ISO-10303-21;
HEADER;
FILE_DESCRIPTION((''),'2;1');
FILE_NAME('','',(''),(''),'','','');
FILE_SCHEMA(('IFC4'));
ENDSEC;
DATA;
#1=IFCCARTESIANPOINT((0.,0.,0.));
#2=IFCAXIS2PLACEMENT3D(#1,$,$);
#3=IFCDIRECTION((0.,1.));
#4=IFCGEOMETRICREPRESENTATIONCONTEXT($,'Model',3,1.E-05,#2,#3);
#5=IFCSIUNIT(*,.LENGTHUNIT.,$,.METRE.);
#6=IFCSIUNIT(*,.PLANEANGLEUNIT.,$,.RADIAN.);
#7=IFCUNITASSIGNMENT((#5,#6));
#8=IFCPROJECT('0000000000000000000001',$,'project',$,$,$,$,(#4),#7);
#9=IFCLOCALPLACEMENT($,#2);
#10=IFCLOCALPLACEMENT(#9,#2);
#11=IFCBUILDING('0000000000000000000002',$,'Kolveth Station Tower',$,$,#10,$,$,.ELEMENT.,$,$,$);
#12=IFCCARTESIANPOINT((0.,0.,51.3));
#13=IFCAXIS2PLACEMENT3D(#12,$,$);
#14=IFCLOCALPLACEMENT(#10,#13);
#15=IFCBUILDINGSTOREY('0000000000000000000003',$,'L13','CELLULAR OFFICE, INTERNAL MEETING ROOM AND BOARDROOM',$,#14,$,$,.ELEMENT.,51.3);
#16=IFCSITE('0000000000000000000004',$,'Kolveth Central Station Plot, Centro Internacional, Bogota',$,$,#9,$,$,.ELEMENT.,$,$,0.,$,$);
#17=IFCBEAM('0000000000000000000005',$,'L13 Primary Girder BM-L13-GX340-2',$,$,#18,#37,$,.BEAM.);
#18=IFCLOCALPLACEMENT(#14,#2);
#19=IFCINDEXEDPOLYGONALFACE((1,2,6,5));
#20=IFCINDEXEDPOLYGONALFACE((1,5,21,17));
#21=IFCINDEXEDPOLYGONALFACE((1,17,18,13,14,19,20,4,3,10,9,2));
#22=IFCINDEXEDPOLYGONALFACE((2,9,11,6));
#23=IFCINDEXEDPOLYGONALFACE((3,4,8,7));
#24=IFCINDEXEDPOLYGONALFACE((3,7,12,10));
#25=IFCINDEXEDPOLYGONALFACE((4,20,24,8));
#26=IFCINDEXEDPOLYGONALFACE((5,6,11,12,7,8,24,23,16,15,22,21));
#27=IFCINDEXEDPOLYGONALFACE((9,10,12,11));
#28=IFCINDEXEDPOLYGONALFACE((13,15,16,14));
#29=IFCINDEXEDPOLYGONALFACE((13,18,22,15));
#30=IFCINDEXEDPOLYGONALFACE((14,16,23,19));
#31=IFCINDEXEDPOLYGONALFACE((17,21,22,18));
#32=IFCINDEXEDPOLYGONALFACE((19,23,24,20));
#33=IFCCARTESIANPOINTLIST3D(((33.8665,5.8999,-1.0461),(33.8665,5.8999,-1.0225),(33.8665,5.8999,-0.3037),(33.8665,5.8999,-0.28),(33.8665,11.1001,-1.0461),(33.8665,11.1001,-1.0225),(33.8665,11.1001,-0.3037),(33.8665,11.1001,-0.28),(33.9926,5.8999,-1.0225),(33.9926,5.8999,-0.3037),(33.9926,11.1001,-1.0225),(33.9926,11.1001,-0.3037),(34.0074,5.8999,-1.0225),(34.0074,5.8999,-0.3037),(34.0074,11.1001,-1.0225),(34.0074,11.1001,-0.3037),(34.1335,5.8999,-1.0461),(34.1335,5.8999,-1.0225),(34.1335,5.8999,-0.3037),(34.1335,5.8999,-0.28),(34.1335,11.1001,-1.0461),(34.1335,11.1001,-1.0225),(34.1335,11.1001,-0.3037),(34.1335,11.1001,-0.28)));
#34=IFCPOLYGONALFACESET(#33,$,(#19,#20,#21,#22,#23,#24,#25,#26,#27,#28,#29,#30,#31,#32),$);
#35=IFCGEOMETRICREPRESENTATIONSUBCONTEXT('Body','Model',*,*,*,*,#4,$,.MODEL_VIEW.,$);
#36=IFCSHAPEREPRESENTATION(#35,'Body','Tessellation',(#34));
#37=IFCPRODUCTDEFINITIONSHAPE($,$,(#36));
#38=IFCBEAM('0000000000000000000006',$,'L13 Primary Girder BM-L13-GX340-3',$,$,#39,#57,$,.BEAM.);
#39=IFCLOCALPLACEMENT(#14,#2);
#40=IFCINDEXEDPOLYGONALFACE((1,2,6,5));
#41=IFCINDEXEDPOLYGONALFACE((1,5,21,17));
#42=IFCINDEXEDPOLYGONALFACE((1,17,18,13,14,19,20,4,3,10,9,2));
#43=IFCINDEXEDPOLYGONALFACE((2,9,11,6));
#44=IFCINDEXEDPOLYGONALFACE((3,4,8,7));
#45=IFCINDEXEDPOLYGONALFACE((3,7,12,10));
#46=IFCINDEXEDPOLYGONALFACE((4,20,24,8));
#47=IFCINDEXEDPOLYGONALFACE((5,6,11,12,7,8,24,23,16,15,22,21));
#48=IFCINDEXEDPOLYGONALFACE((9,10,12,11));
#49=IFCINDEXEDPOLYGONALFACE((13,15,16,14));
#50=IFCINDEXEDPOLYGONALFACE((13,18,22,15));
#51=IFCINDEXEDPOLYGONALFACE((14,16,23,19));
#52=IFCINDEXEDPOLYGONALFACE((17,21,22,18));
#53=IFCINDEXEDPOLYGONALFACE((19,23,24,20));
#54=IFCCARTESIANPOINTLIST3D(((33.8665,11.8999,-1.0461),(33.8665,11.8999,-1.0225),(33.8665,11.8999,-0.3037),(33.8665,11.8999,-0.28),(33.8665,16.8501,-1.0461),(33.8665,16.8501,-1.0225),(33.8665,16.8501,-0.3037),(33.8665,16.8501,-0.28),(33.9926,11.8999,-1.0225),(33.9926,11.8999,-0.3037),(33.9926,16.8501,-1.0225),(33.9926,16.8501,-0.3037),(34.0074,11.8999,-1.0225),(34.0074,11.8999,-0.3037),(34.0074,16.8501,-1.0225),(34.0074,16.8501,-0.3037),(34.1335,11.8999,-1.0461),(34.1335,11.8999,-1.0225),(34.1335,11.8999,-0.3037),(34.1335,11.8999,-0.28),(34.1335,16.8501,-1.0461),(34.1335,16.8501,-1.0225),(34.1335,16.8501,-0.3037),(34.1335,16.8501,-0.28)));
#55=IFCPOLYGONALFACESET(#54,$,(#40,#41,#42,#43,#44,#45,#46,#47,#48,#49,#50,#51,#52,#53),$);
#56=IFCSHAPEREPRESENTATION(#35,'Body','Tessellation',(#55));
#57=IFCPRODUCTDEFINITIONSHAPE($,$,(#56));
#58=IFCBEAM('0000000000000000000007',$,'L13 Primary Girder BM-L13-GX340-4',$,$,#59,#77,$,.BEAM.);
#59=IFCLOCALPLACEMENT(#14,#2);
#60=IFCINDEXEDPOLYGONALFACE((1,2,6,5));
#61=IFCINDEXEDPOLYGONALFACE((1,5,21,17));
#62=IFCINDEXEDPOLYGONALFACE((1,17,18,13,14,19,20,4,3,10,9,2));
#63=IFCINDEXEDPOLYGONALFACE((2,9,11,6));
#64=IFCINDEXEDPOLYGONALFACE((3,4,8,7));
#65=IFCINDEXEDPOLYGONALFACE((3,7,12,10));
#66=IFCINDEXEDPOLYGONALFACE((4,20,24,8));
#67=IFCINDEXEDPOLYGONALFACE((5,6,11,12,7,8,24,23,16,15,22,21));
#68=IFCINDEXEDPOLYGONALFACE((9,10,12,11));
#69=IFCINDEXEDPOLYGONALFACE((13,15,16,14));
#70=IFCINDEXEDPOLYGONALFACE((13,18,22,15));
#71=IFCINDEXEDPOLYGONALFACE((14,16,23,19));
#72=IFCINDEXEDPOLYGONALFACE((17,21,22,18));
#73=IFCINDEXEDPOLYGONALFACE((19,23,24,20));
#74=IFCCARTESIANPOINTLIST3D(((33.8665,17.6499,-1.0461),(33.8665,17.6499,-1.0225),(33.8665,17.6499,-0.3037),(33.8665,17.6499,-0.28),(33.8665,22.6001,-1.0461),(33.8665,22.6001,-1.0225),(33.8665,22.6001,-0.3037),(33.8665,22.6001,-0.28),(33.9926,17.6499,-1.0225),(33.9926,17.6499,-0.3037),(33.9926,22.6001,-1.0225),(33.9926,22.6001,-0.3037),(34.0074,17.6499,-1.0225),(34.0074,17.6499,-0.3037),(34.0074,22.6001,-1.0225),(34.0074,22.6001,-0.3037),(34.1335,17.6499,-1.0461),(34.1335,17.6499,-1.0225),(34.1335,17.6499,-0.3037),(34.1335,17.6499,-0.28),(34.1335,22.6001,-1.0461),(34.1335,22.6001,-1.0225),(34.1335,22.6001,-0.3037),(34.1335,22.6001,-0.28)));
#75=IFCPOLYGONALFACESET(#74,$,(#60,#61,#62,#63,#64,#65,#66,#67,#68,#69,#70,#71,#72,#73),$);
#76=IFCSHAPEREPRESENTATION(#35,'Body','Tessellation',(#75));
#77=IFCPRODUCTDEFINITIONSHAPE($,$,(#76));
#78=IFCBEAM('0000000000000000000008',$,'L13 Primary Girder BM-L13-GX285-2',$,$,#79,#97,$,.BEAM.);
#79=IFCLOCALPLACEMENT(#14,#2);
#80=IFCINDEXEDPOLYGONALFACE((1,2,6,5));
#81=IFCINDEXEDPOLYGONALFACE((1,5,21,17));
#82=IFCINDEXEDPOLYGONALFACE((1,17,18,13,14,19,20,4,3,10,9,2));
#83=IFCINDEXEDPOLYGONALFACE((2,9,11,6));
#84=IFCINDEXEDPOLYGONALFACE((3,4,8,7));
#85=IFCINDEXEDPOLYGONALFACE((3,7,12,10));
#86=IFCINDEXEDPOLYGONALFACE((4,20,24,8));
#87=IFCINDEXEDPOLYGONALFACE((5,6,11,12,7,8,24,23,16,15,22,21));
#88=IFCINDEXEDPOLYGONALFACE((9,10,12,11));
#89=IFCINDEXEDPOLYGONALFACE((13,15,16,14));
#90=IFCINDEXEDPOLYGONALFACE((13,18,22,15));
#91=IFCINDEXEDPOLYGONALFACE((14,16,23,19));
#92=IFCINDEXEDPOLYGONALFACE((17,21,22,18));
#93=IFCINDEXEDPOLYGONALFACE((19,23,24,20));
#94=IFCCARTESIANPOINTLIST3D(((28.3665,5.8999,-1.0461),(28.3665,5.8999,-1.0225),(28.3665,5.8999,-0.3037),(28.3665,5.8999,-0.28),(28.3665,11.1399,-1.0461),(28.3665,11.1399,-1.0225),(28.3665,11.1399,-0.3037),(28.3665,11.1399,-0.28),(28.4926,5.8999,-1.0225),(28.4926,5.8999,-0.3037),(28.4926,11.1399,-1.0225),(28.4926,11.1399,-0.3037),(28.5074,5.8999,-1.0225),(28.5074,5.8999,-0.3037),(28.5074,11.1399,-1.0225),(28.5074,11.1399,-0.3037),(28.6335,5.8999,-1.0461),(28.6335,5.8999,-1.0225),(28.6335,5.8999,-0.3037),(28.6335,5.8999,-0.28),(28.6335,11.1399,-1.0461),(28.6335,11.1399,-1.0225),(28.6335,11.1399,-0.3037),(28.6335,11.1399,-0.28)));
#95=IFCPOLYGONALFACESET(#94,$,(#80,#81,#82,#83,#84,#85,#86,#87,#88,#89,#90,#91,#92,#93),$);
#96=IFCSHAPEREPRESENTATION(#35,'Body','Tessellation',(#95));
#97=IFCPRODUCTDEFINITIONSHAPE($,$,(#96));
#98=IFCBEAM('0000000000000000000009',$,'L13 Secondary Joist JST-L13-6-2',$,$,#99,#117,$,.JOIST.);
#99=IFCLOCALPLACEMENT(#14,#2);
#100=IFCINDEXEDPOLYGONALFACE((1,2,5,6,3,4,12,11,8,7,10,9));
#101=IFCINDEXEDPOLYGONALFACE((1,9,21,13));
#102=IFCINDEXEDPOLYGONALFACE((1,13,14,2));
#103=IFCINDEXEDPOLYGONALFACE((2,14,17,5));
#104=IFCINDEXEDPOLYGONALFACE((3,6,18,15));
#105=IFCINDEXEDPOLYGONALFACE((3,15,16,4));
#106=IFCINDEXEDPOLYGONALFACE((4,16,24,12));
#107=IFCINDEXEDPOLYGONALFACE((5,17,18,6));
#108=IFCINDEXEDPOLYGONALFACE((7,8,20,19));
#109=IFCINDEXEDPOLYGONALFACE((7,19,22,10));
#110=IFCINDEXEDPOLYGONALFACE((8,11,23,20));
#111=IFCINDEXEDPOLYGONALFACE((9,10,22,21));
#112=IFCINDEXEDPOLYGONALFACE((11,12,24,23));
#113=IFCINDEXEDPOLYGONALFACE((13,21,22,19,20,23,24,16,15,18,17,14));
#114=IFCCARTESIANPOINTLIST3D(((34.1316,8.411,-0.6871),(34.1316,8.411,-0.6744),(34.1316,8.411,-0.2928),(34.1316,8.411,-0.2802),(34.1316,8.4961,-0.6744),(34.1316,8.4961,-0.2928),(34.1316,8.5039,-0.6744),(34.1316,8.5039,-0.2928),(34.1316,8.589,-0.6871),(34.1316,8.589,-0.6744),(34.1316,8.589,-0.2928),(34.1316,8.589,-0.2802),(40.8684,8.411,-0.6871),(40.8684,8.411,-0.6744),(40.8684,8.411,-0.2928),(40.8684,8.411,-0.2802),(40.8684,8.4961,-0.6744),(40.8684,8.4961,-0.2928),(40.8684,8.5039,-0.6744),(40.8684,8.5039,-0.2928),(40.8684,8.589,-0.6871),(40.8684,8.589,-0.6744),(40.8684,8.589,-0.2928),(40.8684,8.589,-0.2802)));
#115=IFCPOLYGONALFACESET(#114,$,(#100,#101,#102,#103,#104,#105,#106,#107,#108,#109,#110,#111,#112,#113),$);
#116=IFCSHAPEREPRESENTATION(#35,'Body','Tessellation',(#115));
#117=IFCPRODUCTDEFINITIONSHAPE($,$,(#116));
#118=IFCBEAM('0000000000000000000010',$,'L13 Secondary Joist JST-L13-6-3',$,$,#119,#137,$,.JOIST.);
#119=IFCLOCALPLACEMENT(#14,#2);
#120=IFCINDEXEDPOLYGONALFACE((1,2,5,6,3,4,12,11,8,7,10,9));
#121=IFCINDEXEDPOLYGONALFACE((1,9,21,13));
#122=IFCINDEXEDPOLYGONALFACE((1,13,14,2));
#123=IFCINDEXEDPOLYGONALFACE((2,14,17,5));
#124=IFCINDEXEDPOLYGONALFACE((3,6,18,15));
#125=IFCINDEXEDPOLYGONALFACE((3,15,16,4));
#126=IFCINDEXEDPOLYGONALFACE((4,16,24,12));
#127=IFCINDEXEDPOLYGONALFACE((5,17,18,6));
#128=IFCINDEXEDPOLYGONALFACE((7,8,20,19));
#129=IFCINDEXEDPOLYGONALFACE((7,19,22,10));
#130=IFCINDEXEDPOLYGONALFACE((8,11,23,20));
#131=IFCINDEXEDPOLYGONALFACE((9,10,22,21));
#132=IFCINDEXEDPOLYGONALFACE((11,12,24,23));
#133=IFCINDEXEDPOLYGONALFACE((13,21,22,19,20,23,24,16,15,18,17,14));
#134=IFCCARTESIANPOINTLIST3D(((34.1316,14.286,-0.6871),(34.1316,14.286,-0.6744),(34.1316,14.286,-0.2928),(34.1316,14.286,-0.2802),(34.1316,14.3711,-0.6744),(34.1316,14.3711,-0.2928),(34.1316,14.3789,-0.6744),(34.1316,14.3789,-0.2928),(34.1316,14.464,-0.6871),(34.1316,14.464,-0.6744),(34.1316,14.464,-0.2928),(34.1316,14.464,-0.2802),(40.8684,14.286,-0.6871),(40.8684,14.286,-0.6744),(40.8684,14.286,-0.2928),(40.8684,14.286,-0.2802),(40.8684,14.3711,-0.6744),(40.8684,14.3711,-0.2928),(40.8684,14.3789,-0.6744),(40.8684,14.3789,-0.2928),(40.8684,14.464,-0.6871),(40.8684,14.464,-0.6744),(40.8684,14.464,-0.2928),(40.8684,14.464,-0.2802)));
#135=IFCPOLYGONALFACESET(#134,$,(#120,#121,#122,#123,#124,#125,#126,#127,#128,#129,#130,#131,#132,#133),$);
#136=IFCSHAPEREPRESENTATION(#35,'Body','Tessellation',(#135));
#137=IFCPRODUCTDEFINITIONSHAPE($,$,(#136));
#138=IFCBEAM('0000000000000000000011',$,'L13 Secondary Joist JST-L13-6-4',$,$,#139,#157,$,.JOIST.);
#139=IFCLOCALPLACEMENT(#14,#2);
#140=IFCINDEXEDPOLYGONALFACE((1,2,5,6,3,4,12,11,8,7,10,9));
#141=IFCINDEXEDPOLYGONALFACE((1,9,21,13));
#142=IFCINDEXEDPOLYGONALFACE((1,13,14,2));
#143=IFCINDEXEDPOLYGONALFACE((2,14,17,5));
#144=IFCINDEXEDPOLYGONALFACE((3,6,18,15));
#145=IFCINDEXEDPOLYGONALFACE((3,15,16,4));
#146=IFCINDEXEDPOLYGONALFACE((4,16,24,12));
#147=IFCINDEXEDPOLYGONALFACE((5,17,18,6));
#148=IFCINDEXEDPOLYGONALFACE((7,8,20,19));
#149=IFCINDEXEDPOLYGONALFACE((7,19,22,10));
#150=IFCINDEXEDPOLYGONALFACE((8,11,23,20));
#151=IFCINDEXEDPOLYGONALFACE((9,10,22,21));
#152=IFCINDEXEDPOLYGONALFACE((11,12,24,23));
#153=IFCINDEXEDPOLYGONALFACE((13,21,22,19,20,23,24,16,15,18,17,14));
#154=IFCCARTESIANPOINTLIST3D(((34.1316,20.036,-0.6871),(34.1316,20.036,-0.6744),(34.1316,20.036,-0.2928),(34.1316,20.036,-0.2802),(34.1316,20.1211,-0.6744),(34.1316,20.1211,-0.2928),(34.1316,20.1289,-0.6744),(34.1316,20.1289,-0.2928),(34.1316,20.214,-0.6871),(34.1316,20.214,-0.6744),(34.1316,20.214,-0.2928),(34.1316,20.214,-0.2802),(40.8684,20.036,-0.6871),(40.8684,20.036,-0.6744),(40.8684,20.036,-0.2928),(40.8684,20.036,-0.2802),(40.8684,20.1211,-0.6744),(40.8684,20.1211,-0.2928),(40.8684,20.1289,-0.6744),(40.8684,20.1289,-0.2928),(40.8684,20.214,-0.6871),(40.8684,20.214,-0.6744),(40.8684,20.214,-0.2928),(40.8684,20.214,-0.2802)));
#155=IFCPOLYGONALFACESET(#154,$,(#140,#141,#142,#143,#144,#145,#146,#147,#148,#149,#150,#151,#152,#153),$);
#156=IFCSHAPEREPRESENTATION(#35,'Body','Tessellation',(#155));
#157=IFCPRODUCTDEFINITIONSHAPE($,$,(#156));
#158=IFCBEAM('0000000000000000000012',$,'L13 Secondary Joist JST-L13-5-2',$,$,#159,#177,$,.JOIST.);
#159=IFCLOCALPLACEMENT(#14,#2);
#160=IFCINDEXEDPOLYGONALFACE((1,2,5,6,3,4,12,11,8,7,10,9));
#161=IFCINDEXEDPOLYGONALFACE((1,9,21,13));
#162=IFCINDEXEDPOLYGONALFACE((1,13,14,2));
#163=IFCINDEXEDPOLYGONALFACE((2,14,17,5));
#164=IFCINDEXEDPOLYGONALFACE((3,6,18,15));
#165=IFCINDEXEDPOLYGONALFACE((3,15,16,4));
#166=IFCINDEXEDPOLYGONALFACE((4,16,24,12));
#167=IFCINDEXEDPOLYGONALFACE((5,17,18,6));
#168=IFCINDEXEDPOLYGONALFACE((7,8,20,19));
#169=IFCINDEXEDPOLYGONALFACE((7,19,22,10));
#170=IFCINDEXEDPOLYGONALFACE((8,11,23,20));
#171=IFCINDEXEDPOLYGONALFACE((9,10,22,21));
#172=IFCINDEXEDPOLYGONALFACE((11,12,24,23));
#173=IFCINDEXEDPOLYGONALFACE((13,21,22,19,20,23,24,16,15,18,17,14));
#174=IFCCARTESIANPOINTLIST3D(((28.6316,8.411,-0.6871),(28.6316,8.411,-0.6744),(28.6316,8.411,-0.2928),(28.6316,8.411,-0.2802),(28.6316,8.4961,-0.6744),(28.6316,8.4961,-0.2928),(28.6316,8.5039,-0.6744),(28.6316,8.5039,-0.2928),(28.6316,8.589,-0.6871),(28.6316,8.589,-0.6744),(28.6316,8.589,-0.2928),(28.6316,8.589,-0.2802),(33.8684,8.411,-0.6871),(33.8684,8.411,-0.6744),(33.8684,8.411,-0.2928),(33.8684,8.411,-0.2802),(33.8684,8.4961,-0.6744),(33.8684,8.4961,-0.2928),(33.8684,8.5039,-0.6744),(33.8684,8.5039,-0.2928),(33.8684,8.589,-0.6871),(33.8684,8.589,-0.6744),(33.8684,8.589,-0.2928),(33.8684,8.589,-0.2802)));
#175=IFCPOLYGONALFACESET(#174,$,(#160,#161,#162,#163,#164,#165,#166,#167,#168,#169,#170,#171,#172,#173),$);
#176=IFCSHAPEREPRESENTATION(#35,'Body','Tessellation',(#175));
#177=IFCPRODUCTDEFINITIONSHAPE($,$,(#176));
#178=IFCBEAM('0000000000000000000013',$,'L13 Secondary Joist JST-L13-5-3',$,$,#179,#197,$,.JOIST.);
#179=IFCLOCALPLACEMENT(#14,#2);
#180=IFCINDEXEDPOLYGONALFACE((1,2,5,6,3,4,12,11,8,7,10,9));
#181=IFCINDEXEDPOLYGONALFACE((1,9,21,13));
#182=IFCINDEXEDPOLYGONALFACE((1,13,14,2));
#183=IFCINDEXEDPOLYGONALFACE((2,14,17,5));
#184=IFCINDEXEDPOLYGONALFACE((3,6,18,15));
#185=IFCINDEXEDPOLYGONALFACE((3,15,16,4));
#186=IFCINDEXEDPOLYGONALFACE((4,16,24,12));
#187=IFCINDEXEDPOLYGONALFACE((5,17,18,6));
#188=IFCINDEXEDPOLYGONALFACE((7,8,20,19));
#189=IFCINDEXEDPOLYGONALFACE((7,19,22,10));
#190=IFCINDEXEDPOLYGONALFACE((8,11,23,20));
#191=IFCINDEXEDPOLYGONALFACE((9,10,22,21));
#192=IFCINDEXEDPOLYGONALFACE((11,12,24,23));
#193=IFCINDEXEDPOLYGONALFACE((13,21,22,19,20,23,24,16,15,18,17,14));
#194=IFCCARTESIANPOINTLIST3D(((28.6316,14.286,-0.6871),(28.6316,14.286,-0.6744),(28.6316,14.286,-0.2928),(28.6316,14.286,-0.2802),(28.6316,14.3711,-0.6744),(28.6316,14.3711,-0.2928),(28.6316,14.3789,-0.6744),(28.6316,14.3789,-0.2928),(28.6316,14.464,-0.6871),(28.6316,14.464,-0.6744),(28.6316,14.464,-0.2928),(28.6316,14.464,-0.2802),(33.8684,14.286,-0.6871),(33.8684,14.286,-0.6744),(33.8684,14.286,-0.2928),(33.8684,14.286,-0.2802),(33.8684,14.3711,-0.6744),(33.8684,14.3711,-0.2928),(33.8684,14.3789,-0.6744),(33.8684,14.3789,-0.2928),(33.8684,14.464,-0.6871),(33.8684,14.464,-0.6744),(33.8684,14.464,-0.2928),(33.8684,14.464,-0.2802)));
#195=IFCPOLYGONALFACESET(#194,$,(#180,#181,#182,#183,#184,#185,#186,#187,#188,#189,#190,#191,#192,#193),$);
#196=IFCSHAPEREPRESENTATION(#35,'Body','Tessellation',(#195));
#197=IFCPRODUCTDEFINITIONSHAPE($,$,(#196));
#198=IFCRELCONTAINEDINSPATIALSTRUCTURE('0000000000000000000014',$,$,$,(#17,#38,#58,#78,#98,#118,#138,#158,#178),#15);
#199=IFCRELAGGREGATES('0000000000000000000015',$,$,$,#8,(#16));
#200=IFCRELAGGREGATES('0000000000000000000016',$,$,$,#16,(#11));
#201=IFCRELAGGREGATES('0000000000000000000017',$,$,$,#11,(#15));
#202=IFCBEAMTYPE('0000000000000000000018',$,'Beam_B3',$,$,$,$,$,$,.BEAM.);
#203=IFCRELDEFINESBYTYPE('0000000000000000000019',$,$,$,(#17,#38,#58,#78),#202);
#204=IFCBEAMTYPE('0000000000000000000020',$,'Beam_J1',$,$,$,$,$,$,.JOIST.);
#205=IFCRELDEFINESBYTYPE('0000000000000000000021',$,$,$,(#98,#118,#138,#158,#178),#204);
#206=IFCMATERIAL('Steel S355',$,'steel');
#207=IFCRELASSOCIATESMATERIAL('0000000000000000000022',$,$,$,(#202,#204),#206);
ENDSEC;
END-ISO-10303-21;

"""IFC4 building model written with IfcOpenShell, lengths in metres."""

from ifc_helpers import new_model, si_unit, direction, frame, origin, origin_2d, place, context, subcontext, project, spatial, i_section, extrude, source, transform, mapped, material, material_profile, profile_set, type_object, element, save


model = new_model("IFC4")

# Units and contexts
model_context = context("Model", 3, precision=1e-05, world=origin(), true_north=direction((0.0, 1.0)))
body_context = subcontext(model_context, "Body", "Model", "MODEL_VIEW")
ifc_project = project(units=[si_unit("LENGTHUNIT", "METRE"), si_unit("PLANEANGLEUNIT", "RADIAN")], contexts=[model_context])

# Site, building, storey
site_placement = place(None, origin())
site = spatial("IfcSite", under=ifc_project, at=site_placement, Name="Kolveth Central Station Plot, Centro Internacional, Bogota", CompositionType="ELEMENT", RefElevation=0.0)
building_placement = place(site_placement, origin())
building = spatial("IfcBuilding", under=site, at=building_placement, Name="Kolveth Station Tower", CompositionType="ELEMENT")
storey_placement = place(building_placement, frame((0.0, 0.0, 51.3)))
storey = spatial("IfcBuildingStorey", under=building, at=storey_placement, Name="L13", Description="CELLULAR OFFICE, INTERNAL MEETING ROOM AND BOARDROOM", CompositionType="ELEMENT", Elevation=51.3)

# Beams
ifc_material_1 = material(Name="Steel S355", Category="steel")
ifc_material_profile_1 = material_profile(ifc_material_1, i_section(OverallWidth=0.2671, OverallDepth=0.7661, WebThickness=0.0149, FlangeThickness=0.0237, at=origin_2d()), Name="W760x185")
ifc_profile_set_1 = profile_set([ifc_material_profile_1], Name="Steel S355")
beam_type_1 = type_object("IfcBeamType", Name="Beam_B3", PredefinedType="BEAM", material=ifc_profile_set_1)
shared_shape_1 = source(origin(), body_context, "Body", "SweptSolid", [
    extrude(i_section(OverallWidth=0.2671, OverallDepth=0.7661, WebThickness=0.0149, FlangeThickness=0.0237, at=origin_2d()), origin(), (0.0, 0.0, 1.0), 5.2002),
])
beam_1_placement = place(storey_placement, frame((34.0, 5.8999, -0.6631), z_axis=(0.0, 1.0, 0.0), x_axis=(-1.0, 0.0, 0.0)))
element("IfcBeam", 1, at=beam_1_placement, inside=storey, type_object=beam_type_1, Name="L13 Primary Girder BM-L13-GX340-2", PredefinedType="BEAM", context=body_context, shape_type="MappedRepresentation", body=[
    mapped(shared_shape_1, transform((0.0, 0.0, 0.0), x_axis=(1.0, 0.0, 0.0), y_axis=(0.0, 1.0, 0.0), z_axis=(0.0, 0.0, 1.0), scale=1.0)),
])
shared_shape_2 = source(origin(), body_context, "Body", "SweptSolid", [
    extrude(i_section(OverallWidth=0.2671, OverallDepth=0.7661, WebThickness=0.0149, FlangeThickness=0.0237, at=origin_2d()), origin(), (0.0, 0.0, 1.0), 4.9502),
])
for number, where, z_axis, x_axis, name in (
    (2, (34.0, 11.8999, -0.6631), (0.0, 1.0, 0.0), (-1.0, 0.0, 0.0), "L13 Primary Girder BM-L13-GX340-3"),
    (3, (34.0, 17.6499, -0.6631), (0.0, 1.0, 0.0), (-1.0, 0.0, 0.0), "L13 Primary Girder BM-L13-GX340-4"),
):
    element("IfcBeam", number, at=place(storey_placement, frame(where, z_axis=z_axis, x_axis=x_axis)), inside=storey, type_object=beam_type_1, Name=name, PredefinedType="BEAM", context=body_context, shape_type="MappedRepresentation", body=[
        mapped(shared_shape_2, transform((0.0, 0.0, 0.0), x_axis=(1.0, 0.0, 0.0), y_axis=(0.0, 1.0, 0.0), z_axis=(0.0, 0.0, 1.0), scale=1.0)),
    ])
shared_shape_3 = source(origin(), body_context, "Body", "SweptSolid", [
    extrude(i_section(OverallWidth=0.2671, OverallDepth=0.7661, WebThickness=0.0149, FlangeThickness=0.0237, at=origin_2d()), origin(), (0.0, 0.0, 1.0), 5.24),
])
beam_2_placement = place(storey_placement, frame((28.5, 5.8999, -0.6631), z_axis=(0.0, 1.0, 0.0), x_axis=(-1.0, 0.0, 0.0)))
element("IfcBeam", 4, at=beam_2_placement, inside=storey, type_object=beam_type_1, Name="L13 Primary Girder BM-L13-GX285-2", PredefinedType="BEAM", context=body_context, shape_type="MappedRepresentation", body=[
    mapped(shared_shape_3, transform((0.0, 0.0, 0.0), x_axis=(1.0, 0.0, 0.0), y_axis=(0.0, 1.0, 0.0), z_axis=(0.0, 0.0, 1.0), scale=1.0)),
])
ifc_material_profile_2 = material_profile(ifc_material_1, i_section(OverallWidth=0.178, OverallDepth=0.407, WebThickness=0.0078, FlangeThickness=0.0127, at=origin_2d()), Name="W410x60")
ifc_profile_set_2 = profile_set([ifc_material_profile_2], Name="Steel S355")
beam_type_2 = type_object("IfcBeamType", Name="Beam_J1", PredefinedType="JOIST", material=ifc_profile_set_2)
shared_shape_4 = source(origin(), body_context, "Body", "SweptSolid", [
    extrude(i_section(OverallWidth=0.178, OverallDepth=0.407, WebThickness=0.0078, FlangeThickness=0.0127, at=origin_2d()), origin(), (0.0, 0.0, 1.0), 6.7368),
])
for number, where, z_axis, x_axis, name in (
    (5, (34.1316, 8.5, -0.4836), (1.0, 0.0, 0.0), (0.0, 1.0, 0.0), "L13 Secondary Joist JST-L13-6-2"),
    (6, (34.1316, 14.375, -0.4836), (1.0, 0.0, 0.0), (0.0, 1.0, 0.0), "L13 Secondary Joist JST-L13-6-3"),
    (7, (34.1316, 20.125, -0.4836), (1.0, 0.0, 0.0), (0.0, 1.0, 0.0), "L13 Secondary Joist JST-L13-6-4"),
):
    element("IfcBeam", number, at=place(storey_placement, frame(where, z_axis=z_axis, x_axis=x_axis)), inside=storey, type_object=beam_type_2, Name=name, PredefinedType="JOIST", context=body_context, shape_type="MappedRepresentation", body=[
        mapped(shared_shape_4, transform((0.0, 0.0, 0.0), x_axis=(1.0, 0.0, 0.0), y_axis=(0.0, 1.0, 0.0), z_axis=(0.0, 0.0, 1.0), scale=1.0)),
    ])
shared_shape_5 = source(origin(), body_context, "Body", "SweptSolid", [
    extrude(i_section(OverallWidth=0.178, OverallDepth=0.407, WebThickness=0.0078, FlangeThickness=0.0127, at=origin_2d()), origin(), (0.0, 0.0, 1.0), 5.2368),
])
for number, where, z_axis, x_axis, name in (
    (8, (28.6316, 8.5, -0.4836), (1.0, 0.0, 0.0), (0.0, 1.0, 0.0), "L13 Secondary Joist JST-L13-5-2"),
    (9, (28.6316, 14.375, -0.4836), (1.0, 0.0, 0.0), (0.0, 1.0, 0.0), "L13 Secondary Joist JST-L13-5-3"),
):
    element("IfcBeam", number, at=place(storey_placement, frame(where, z_axis=z_axis, x_axis=x_axis)), inside=storey, type_object=beam_type_2, Name=name, PredefinedType="JOIST", context=body_context, shape_type="MappedRepresentation", body=[
        mapped(shared_shape_5, transform((0.0, 0.0, 0.0), x_axis=(1.0, 0.0, 0.0), y_axis=(0.0, 1.0, 0.0), z_axis=(0.0, 0.0, 1.0), scale=1.0)),
    ])

save(model, "model.ifc")
